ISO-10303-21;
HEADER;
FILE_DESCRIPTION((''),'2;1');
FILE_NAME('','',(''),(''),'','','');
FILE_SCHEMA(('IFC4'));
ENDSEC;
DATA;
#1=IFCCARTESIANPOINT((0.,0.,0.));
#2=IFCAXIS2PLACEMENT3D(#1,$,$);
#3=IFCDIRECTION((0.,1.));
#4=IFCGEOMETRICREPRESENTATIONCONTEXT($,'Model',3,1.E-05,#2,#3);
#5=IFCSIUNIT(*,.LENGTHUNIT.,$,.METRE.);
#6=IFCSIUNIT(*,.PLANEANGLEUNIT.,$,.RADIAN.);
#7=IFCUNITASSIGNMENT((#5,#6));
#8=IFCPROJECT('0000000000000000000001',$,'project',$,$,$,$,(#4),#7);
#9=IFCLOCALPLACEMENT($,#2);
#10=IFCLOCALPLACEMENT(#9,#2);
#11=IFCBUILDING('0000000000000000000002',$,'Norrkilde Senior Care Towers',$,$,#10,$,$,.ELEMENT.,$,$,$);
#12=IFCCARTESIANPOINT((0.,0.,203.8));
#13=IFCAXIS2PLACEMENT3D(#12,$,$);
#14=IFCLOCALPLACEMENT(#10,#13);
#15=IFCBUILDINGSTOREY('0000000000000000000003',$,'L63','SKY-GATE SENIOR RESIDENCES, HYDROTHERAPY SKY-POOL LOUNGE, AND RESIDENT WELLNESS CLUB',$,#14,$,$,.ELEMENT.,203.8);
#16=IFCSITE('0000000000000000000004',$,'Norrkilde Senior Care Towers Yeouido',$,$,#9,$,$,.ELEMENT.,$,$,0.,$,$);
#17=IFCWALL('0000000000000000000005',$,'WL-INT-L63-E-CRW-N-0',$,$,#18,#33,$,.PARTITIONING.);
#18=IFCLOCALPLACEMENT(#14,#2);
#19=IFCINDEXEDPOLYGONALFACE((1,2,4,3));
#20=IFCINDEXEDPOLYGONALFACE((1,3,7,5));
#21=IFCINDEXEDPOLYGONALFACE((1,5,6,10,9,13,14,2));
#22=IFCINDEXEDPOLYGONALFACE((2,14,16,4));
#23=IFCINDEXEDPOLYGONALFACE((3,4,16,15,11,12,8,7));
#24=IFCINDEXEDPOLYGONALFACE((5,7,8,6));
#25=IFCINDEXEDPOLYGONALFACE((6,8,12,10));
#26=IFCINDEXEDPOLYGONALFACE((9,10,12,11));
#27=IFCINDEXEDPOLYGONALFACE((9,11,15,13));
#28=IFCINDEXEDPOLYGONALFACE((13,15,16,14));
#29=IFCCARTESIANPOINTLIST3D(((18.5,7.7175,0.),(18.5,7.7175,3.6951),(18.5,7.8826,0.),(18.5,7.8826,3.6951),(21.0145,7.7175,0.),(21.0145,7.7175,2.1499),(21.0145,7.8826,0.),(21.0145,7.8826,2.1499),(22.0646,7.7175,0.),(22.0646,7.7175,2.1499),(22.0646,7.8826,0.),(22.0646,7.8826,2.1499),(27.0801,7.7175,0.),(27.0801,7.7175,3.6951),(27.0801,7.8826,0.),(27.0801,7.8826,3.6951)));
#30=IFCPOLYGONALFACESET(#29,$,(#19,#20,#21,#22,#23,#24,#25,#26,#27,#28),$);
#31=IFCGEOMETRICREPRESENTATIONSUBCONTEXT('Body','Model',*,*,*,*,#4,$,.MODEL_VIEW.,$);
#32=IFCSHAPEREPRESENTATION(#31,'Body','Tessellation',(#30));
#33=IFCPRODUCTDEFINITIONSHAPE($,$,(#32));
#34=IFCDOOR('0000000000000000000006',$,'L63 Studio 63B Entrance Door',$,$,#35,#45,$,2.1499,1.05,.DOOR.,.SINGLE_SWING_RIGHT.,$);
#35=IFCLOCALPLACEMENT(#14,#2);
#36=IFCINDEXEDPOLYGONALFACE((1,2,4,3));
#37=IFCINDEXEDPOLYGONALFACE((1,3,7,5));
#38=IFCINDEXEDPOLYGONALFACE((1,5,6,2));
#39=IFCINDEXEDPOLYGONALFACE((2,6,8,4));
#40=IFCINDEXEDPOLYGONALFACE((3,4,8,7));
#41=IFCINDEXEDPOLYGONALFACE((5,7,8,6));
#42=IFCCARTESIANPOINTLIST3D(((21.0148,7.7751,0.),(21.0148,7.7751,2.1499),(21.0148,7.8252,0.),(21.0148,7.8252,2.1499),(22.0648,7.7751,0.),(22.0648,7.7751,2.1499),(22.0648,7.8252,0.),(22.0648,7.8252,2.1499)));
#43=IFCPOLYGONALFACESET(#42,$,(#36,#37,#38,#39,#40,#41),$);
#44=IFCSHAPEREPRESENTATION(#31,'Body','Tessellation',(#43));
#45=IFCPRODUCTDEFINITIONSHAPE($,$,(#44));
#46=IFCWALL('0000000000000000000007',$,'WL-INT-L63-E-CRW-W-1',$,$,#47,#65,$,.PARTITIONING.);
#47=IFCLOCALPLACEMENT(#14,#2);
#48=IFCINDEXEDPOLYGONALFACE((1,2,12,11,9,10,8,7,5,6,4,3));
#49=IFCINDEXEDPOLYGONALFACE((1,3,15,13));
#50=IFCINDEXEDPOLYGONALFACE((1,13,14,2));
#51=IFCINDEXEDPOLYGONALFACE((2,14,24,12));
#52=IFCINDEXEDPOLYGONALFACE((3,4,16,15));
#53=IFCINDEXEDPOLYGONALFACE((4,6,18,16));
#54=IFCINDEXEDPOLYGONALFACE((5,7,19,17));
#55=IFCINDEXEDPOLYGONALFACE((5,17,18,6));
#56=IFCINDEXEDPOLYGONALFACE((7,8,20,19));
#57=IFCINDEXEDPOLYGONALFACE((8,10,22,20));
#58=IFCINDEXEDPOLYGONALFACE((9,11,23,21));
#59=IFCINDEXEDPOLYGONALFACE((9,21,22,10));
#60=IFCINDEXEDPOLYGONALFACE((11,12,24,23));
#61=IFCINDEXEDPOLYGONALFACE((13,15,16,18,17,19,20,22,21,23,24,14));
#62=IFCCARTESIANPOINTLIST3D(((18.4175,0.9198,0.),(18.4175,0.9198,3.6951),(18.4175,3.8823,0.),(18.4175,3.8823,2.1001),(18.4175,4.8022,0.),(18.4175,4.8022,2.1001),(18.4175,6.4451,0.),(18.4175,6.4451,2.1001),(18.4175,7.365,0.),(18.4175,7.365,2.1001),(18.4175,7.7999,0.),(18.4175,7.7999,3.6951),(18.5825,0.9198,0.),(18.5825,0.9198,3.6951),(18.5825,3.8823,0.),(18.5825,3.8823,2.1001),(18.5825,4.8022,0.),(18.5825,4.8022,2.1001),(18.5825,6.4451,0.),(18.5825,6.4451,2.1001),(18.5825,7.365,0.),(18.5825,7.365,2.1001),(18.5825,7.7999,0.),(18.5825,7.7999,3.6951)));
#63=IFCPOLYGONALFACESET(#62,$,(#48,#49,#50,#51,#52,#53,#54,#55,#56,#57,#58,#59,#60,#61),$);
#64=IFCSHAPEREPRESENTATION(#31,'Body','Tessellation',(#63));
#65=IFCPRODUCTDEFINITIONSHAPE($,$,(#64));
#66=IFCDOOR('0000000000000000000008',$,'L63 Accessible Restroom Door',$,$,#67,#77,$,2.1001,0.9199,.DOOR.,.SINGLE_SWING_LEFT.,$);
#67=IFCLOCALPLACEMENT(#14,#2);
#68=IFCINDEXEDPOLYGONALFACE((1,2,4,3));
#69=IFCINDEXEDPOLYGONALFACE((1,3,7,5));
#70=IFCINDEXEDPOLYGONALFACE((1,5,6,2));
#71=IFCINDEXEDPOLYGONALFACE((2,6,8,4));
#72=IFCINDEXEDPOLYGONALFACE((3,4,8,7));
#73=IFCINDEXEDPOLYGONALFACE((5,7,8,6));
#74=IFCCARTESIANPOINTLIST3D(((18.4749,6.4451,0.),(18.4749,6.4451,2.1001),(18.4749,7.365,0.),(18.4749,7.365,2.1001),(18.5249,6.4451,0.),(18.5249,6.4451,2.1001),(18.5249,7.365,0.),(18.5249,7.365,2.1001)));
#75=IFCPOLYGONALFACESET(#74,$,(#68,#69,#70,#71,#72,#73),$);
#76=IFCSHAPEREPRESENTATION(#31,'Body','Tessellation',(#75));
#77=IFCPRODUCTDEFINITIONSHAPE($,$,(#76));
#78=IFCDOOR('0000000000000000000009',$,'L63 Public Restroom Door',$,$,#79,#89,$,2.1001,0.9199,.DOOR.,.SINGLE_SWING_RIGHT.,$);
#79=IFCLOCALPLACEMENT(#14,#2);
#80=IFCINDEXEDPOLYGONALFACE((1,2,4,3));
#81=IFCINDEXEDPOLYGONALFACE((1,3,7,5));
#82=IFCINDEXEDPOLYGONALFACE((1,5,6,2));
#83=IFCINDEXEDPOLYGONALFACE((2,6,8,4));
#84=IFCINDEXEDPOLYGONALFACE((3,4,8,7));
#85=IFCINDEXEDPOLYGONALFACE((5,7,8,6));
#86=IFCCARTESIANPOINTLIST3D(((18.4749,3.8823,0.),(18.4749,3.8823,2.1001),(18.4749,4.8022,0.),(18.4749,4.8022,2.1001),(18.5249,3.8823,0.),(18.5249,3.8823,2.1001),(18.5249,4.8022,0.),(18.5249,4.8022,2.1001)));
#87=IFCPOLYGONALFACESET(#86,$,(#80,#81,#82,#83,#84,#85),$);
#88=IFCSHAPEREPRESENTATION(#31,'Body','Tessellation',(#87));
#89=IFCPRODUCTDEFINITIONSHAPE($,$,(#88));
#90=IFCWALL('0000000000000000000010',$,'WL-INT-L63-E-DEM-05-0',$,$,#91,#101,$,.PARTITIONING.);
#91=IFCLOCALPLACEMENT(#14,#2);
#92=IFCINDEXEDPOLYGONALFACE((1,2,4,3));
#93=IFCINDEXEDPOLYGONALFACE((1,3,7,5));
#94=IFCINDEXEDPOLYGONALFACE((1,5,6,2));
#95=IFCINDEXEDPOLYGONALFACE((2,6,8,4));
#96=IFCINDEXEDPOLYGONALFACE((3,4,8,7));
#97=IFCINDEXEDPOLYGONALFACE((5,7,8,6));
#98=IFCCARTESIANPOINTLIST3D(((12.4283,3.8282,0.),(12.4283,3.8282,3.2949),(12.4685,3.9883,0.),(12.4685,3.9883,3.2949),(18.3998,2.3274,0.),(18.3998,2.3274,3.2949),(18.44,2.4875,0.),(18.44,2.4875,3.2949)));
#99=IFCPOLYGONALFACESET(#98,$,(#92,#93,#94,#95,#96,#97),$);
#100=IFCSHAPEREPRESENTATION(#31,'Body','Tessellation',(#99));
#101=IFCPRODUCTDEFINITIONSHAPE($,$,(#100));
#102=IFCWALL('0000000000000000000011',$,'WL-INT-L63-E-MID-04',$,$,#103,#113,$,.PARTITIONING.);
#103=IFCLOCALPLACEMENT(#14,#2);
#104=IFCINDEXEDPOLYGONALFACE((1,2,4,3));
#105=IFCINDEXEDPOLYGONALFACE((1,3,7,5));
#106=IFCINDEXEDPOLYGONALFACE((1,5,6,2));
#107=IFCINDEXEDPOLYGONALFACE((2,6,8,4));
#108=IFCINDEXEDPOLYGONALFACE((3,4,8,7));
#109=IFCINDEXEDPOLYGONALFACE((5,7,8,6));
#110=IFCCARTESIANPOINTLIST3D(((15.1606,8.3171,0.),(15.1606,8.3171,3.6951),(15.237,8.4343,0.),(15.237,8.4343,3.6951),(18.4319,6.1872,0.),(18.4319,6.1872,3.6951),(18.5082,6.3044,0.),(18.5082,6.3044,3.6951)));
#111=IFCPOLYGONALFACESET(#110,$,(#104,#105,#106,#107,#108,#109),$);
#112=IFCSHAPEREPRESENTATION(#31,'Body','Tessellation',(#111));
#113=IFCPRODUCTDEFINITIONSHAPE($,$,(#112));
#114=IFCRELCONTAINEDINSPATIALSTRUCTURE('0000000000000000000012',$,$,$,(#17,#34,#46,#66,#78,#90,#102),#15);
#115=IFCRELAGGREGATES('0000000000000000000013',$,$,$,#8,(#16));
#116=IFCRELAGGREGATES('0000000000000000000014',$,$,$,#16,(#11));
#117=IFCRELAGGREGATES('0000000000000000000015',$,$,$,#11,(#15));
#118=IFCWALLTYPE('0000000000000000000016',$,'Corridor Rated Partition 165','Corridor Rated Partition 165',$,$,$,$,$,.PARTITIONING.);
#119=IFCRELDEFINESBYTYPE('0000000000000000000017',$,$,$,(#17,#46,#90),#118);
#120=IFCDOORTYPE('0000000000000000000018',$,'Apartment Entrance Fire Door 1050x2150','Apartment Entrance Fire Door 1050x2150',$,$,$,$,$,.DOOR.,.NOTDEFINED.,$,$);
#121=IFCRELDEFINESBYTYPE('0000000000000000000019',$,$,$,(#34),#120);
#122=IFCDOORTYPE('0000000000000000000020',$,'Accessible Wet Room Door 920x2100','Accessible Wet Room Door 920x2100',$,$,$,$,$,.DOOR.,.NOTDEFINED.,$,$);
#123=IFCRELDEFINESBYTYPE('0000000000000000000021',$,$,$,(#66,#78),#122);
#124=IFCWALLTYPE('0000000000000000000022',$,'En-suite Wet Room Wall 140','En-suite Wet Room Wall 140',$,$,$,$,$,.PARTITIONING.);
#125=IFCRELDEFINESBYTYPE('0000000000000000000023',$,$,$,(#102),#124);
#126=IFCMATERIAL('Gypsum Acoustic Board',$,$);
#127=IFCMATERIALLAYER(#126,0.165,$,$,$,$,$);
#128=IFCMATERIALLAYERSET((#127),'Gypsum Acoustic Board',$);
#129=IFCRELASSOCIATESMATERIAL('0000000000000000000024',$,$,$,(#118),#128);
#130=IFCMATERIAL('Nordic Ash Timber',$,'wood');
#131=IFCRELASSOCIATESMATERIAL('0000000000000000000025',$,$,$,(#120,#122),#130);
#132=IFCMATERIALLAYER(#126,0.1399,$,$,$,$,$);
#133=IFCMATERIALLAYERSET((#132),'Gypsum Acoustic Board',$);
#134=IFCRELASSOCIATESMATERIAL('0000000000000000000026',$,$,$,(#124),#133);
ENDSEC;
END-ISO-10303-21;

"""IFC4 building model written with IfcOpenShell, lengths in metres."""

from ifc_helpers import new_model, si_unit, direction, frame, frame_2d, origin, place, context, subcontext, project, spatial, rectangle, extrude, source, transform, mapped, material, layer, layer_set, type_object, type_shapes, element, fill, save


model = new_model("IFC4")

# Units and contexts
model_context = context("Model", 3, precision=1e-05, world=origin(), true_north=direction((0.0, 1.0)))
body_context = subcontext(model_context, "Body", "Model", "MODEL_VIEW")
ifc_project = project(units=[si_unit("LENGTHUNIT", "METRE"), si_unit("PLANEANGLEUNIT", "RADIAN")], contexts=[model_context])

# Site, building, storey
site_placement = place(None, origin())
site = spatial("IfcSite", under=ifc_project, at=site_placement, Name="Norrkilde Senior Care Towers Yeouido", CompositionType="ELEMENT", RefElevation=0.0)
building_placement = place(site_placement, origin())
building = spatial("IfcBuilding", under=site, at=building_placement, Name="Norrkilde Senior Care Towers", CompositionType="ELEMENT")
storey_placement = place(building_placement, frame((0.0, 0.0, 203.8)))
storey = spatial("IfcBuildingStorey", under=building, at=storey_placement, Name="L63", Description="SKY-GATE SENIOR RESIDENCES, HYDROTHERAPY SKY-POOL LOUNGE, AND RESIDENT WELLNESS CLUB", CompositionType="ELEMENT", Elevation=203.8)

# Wall, opening, door
ifc_material_1 = material(Name="Gypsum Acoustic Board")
ifc_layer_1 = layer(ifc_material_1, 0.165)
ifc_layer_set_1 = layer_set([ifc_layer_1], Name="Gypsum Acoustic Board")
wall_type_1 = type_object("IfcWallType", Name="Corridor Rated Partition 165", Description="Corridor Rated Partition 165", PredefinedType="PARTITIONING", material=ifc_layer_set_1)
shared_shape_1 = source(origin(), body_context, "Body", "SweptSolid", [
    extrude(rectangle(XDim=8.5801, YDim=0.165, at=frame_2d((4.29, 0.0))), origin(), (0.0, 0.0, 1.0), 3.6951),
])
wall_1_placement = place(storey_placement, frame((18.5, 7.8, 0.0), z_axis=(0.0, 0.0, 1.0), x_axis=(1.0, 0.0, 0.0)))
wall_1 = element("IfcWall", 1, at=wall_1_placement, inside=storey, type_object=wall_type_1, Name="WL-INT-L63-E-CRW-N-0", PredefinedType="PARTITIONING", context=body_context, shape_type="MappedRepresentation", body=[
    mapped(shared_shape_1, transform((0.0, 0.0, 0.0), x_axis=(1.0, 0.0, 0.0), y_axis=(0.0, 1.0, 0.0), z_axis=(0.0, 0.0, 1.0), scale=1.0)),
])
opening_1_placement = place(wall_1_placement, frame((2.5146, 0.0, 0.0)))
opening_1 = element("IfcOpeningElement", 2, at=opening_1_placement, cuts=wall_1, PredefinedType="OPENING", context=body_context, shape_type="SweptSolid", body=[
    extrude(rectangle(XDim=1.05, YDim=2.1499, at=frame_2d((0.5249, 1.075))), frame((0.0, 0.0925, 0.0), z_axis=(0.0, -1.0, 0.0), x_axis=(1.0, 0.0, 0.0)), (0.0, 0.0, 1.0), 0.1851),
])
ifc_material_2 = material(Name="Nordic Ash Timber", Category="wood")
door_type_1 = type_object("IfcDoorType", Name="Apartment Entrance Fire Door 1050x2150", Description="Apartment Entrance Fire Door 1050x2150", OperationType="NOTDEFINED", PredefinedType="DOOR", material=ifc_material_2)
shared_shape_2 = source(origin(), body_context, "Body", "SweptSolid", [
    extrude(rectangle(XDim=1.05, YDim=2.1499, at=frame_2d((0.5249, 1.075))), frame((0.0, 0.0249, 0.0), z_axis=(0.0, -1.0, 0.0), x_axis=(1.0, 0.0, 0.0)), (0.0, 0.0, 1.0), 0.05),
])
type_shapes(door_type_1, [shared_shape_2])
door_1_placement = place(opening_1_placement, frame((1.05, 0.0, 0.0), z_axis=(0.0, 0.0, 1.0), x_axis=(-1.0, 0.0, 0.0)))
door_1 = element("IfcDoor", 3, at=door_1_placement, inside=storey, type_object=door_type_1, Name="L63 Studio 63B Entrance Door", OperationType="SINGLE_SWING_RIGHT", OverallHeight=2.1499, OverallWidth=1.05, PredefinedType="DOOR", context=body_context, shape_type="MappedRepresentation", body=[
    mapped(shared_shape_2, transform((0.0, 0.0, 0.0), x_axis=(1.0, 0.0, 0.0), y_axis=(0.0, 1.0, 0.0), z_axis=(0.0, 0.0, 1.0), scale=1.0)),
])
fill(opening_1, door_1)

# Wall, openings, doors
shared_shape_3 = source(origin(), body_context, "Body", "SweptSolid", [
    extrude(rectangle(XDim=6.8801, YDim=0.165, at=frame_2d((3.4399, 0.0))), origin(), (0.0, 0.0, 1.0), 3.6951),
])
wall_2_placement = place(storey_placement, frame((18.5, 0.9199, 0.0), z_axis=(0.0, 0.0, 1.0), x_axis=(0.0, 1.0, 0.0)))
wall_2 = element("IfcWall", 4, at=wall_2_placement, inside=storey, type_object=wall_type_1, Name="WL-INT-L63-E-CRW-W-1", PredefinedType="PARTITIONING", context=body_context, shape_type="MappedRepresentation", body=[
    mapped(shared_shape_3, transform((0.0, 0.0, 0.0), x_axis=(1.0, 0.0, 0.0), y_axis=(0.0, 1.0, 0.0), z_axis=(0.0, 0.0, 1.0), scale=1.0)),
])
opening_2_placement = place(wall_2_placement, frame((5.5251, 0.0, 0.0)))
opening_2 = element("IfcOpeningElement", 5, at=opening_2_placement, cuts=wall_2, PredefinedType="OPENING", context=body_context, shape_type="SweptSolid", body=[
    extrude(rectangle(XDim=0.9199, YDim=2.1001, at=frame_2d((0.46, 1.05))), frame((0.0, 0.0925, 0.0), z_axis=(0.0, -1.0, 0.0), x_axis=(1.0, 0.0, 0.0)), (0.0, 0.0, 1.0), 0.1851),
])
opening_3_placement = place(wall_2_placement, frame((2.9624, 0.0, 0.0)))
opening_3 = element("IfcOpeningElement", 6, at=opening_3_placement, cuts=wall_2, PredefinedType="OPENING", context=body_context, shape_type="SweptSolid", body=[
    extrude(rectangle(XDim=0.9199, YDim=2.1001, at=frame_2d((0.46, 1.05))), frame((0.0, 0.0925, 0.0), z_axis=(0.0, -1.0, 0.0), x_axis=(1.0, 0.0, 0.0)), (0.0, 0.0, 1.0), 0.1851),
])
door_type_2 = type_object("IfcDoorType", Name="Accessible Wet Room Door 920x2100", Description="Accessible Wet Room Door 920x2100", OperationType="NOTDEFINED", PredefinedType="DOOR", material=ifc_material_2)
shared_shape_4 = source(origin(), body_context, "Body", "SweptSolid", [
    extrude(rectangle(XDim=0.9199, YDim=2.1001, at=frame_2d((0.46, 1.05))), frame((0.0, 0.0249, 0.0), z_axis=(0.0, -1.0, 0.0), x_axis=(1.0, 0.0, 0.0)), (0.0, 0.0, 1.0), 0.05),
])
type_shapes(door_type_2, [shared_shape_4])
door_2_placement = place(opening_2_placement, frame((0.9199, 0.0, 0.0), z_axis=(0.0, 0.0, 1.0), x_axis=(-1.0, 0.0, 0.0)))
door_2 = element("IfcDoor", 7, at=door_2_placement, inside=storey, type_object=door_type_2, Name="L63 Accessible Restroom Door", OperationType="SINGLE_SWING_LEFT", OverallHeight=2.1001, OverallWidth=0.9199, PredefinedType="DOOR", context=body_context, shape_type="MappedRepresentation", body=[
    mapped(shared_shape_4, transform((0.0, 0.0, 0.0), x_axis=(1.0, 0.0, 0.0), y_axis=(0.0, 1.0, 0.0), z_axis=(0.0, 0.0, 1.0), scale=1.0)),
])
fill(opening_2, door_2)
door_3_placement = place(opening_3_placement, frame((0.9199, 0.0, 0.0), z_axis=(0.0, 0.0, 1.0), x_axis=(-1.0, 0.0, 0.0)))
door_3 = element("IfcDoor", 8, at=door_3_placement, inside=storey, type_object=door_type_2, Name="L63 Public Restroom Door", OperationType="SINGLE_SWING_RIGHT", OverallHeight=2.1001, OverallWidth=0.9199, PredefinedType="DOOR", context=body_context, shape_type="MappedRepresentation", body=[
    mapped(shared_shape_4, transform((0.0, 0.0, 0.0), x_axis=(1.0, 0.0, 0.0), y_axis=(0.0, 1.0, 0.0), z_axis=(0.0, 0.0, 1.0), scale=1.0)),
])
fill(opening_3, door_3)

# Walls
shared_shape_5 = source(origin(), body_context, "Body", "SweptSolid", [
    extrude(rectangle(XDim=6.1572, YDim=0.165, at=frame_2d((3.0786, 0.0))), origin(), (0.0, 0.0, 1.0), 3.2949),
])
wall_3_placement = place(storey_placement, frame((18.4199, 2.4075, 0.0), z_axis=(0.0, 0.0, 1.0), x_axis=(-0.969841, 0.243739, 0.0)))
element("IfcWall", 9, at=wall_3_placement, inside=storey, type_object=wall_type_1, Name="WL-INT-L63-E-DEM-05-0", PredefinedType="PARTITIONING", context=body_context, shape_type="MappedRepresentation", body=[
    mapped(shared_shape_5, transform((0.0, 0.0, 0.0), x_axis=(1.0, 0.0, 0.0), y_axis=(0.0, 1.0, 0.0), z_axis=(0.0, 0.0, 1.0), scale=1.0)),
])
ifc_layer_2 = layer(ifc_material_1, 0.1399)
ifc_layer_set_2 = layer_set([ifc_layer_2], Name="Gypsum Acoustic Board")
wall_type_2 = type_object("IfcWallType", Name="En-suite Wet Room Wall 140", Description="En-suite Wet Room Wall 140", PredefinedType="PARTITIONING", material=ifc_layer_set_2)
shared_shape_6 = source(origin(), body_context, "Body", "SweptSolid", [
    extrude(rectangle(XDim=3.9036, YDim=0.1399, at=frame_2d((1.9517, 0.0))), origin(), (0.0, 0.0, 1.0), 3.6951),
])
type_shapes(wall_type_2, [shared_shape_6])
wall_4_placement = place(storey_placement, frame((18.47, 6.2458, 0.0), z_axis=(0.0, 0.0, 1.0), x_axis=(-0.838025, 0.545632, 0.0)))
element("IfcWall", 10, at=wall_4_placement, inside=storey, type_object=wall_type_2, Name="WL-INT-L63-E-MID-04", PredefinedType="PARTITIONING", context=body_context, shape_type="MappedRepresentation", body=[
    mapped(shared_shape_6, transform((0.0, 0.0, 0.0), x_axis=(1.0, 0.0, 0.0), y_axis=(0.0, 1.0, 0.0), z_axis=(0.0, 0.0, 1.0), scale=1.0)),
])

save(model, "model.ifc")
